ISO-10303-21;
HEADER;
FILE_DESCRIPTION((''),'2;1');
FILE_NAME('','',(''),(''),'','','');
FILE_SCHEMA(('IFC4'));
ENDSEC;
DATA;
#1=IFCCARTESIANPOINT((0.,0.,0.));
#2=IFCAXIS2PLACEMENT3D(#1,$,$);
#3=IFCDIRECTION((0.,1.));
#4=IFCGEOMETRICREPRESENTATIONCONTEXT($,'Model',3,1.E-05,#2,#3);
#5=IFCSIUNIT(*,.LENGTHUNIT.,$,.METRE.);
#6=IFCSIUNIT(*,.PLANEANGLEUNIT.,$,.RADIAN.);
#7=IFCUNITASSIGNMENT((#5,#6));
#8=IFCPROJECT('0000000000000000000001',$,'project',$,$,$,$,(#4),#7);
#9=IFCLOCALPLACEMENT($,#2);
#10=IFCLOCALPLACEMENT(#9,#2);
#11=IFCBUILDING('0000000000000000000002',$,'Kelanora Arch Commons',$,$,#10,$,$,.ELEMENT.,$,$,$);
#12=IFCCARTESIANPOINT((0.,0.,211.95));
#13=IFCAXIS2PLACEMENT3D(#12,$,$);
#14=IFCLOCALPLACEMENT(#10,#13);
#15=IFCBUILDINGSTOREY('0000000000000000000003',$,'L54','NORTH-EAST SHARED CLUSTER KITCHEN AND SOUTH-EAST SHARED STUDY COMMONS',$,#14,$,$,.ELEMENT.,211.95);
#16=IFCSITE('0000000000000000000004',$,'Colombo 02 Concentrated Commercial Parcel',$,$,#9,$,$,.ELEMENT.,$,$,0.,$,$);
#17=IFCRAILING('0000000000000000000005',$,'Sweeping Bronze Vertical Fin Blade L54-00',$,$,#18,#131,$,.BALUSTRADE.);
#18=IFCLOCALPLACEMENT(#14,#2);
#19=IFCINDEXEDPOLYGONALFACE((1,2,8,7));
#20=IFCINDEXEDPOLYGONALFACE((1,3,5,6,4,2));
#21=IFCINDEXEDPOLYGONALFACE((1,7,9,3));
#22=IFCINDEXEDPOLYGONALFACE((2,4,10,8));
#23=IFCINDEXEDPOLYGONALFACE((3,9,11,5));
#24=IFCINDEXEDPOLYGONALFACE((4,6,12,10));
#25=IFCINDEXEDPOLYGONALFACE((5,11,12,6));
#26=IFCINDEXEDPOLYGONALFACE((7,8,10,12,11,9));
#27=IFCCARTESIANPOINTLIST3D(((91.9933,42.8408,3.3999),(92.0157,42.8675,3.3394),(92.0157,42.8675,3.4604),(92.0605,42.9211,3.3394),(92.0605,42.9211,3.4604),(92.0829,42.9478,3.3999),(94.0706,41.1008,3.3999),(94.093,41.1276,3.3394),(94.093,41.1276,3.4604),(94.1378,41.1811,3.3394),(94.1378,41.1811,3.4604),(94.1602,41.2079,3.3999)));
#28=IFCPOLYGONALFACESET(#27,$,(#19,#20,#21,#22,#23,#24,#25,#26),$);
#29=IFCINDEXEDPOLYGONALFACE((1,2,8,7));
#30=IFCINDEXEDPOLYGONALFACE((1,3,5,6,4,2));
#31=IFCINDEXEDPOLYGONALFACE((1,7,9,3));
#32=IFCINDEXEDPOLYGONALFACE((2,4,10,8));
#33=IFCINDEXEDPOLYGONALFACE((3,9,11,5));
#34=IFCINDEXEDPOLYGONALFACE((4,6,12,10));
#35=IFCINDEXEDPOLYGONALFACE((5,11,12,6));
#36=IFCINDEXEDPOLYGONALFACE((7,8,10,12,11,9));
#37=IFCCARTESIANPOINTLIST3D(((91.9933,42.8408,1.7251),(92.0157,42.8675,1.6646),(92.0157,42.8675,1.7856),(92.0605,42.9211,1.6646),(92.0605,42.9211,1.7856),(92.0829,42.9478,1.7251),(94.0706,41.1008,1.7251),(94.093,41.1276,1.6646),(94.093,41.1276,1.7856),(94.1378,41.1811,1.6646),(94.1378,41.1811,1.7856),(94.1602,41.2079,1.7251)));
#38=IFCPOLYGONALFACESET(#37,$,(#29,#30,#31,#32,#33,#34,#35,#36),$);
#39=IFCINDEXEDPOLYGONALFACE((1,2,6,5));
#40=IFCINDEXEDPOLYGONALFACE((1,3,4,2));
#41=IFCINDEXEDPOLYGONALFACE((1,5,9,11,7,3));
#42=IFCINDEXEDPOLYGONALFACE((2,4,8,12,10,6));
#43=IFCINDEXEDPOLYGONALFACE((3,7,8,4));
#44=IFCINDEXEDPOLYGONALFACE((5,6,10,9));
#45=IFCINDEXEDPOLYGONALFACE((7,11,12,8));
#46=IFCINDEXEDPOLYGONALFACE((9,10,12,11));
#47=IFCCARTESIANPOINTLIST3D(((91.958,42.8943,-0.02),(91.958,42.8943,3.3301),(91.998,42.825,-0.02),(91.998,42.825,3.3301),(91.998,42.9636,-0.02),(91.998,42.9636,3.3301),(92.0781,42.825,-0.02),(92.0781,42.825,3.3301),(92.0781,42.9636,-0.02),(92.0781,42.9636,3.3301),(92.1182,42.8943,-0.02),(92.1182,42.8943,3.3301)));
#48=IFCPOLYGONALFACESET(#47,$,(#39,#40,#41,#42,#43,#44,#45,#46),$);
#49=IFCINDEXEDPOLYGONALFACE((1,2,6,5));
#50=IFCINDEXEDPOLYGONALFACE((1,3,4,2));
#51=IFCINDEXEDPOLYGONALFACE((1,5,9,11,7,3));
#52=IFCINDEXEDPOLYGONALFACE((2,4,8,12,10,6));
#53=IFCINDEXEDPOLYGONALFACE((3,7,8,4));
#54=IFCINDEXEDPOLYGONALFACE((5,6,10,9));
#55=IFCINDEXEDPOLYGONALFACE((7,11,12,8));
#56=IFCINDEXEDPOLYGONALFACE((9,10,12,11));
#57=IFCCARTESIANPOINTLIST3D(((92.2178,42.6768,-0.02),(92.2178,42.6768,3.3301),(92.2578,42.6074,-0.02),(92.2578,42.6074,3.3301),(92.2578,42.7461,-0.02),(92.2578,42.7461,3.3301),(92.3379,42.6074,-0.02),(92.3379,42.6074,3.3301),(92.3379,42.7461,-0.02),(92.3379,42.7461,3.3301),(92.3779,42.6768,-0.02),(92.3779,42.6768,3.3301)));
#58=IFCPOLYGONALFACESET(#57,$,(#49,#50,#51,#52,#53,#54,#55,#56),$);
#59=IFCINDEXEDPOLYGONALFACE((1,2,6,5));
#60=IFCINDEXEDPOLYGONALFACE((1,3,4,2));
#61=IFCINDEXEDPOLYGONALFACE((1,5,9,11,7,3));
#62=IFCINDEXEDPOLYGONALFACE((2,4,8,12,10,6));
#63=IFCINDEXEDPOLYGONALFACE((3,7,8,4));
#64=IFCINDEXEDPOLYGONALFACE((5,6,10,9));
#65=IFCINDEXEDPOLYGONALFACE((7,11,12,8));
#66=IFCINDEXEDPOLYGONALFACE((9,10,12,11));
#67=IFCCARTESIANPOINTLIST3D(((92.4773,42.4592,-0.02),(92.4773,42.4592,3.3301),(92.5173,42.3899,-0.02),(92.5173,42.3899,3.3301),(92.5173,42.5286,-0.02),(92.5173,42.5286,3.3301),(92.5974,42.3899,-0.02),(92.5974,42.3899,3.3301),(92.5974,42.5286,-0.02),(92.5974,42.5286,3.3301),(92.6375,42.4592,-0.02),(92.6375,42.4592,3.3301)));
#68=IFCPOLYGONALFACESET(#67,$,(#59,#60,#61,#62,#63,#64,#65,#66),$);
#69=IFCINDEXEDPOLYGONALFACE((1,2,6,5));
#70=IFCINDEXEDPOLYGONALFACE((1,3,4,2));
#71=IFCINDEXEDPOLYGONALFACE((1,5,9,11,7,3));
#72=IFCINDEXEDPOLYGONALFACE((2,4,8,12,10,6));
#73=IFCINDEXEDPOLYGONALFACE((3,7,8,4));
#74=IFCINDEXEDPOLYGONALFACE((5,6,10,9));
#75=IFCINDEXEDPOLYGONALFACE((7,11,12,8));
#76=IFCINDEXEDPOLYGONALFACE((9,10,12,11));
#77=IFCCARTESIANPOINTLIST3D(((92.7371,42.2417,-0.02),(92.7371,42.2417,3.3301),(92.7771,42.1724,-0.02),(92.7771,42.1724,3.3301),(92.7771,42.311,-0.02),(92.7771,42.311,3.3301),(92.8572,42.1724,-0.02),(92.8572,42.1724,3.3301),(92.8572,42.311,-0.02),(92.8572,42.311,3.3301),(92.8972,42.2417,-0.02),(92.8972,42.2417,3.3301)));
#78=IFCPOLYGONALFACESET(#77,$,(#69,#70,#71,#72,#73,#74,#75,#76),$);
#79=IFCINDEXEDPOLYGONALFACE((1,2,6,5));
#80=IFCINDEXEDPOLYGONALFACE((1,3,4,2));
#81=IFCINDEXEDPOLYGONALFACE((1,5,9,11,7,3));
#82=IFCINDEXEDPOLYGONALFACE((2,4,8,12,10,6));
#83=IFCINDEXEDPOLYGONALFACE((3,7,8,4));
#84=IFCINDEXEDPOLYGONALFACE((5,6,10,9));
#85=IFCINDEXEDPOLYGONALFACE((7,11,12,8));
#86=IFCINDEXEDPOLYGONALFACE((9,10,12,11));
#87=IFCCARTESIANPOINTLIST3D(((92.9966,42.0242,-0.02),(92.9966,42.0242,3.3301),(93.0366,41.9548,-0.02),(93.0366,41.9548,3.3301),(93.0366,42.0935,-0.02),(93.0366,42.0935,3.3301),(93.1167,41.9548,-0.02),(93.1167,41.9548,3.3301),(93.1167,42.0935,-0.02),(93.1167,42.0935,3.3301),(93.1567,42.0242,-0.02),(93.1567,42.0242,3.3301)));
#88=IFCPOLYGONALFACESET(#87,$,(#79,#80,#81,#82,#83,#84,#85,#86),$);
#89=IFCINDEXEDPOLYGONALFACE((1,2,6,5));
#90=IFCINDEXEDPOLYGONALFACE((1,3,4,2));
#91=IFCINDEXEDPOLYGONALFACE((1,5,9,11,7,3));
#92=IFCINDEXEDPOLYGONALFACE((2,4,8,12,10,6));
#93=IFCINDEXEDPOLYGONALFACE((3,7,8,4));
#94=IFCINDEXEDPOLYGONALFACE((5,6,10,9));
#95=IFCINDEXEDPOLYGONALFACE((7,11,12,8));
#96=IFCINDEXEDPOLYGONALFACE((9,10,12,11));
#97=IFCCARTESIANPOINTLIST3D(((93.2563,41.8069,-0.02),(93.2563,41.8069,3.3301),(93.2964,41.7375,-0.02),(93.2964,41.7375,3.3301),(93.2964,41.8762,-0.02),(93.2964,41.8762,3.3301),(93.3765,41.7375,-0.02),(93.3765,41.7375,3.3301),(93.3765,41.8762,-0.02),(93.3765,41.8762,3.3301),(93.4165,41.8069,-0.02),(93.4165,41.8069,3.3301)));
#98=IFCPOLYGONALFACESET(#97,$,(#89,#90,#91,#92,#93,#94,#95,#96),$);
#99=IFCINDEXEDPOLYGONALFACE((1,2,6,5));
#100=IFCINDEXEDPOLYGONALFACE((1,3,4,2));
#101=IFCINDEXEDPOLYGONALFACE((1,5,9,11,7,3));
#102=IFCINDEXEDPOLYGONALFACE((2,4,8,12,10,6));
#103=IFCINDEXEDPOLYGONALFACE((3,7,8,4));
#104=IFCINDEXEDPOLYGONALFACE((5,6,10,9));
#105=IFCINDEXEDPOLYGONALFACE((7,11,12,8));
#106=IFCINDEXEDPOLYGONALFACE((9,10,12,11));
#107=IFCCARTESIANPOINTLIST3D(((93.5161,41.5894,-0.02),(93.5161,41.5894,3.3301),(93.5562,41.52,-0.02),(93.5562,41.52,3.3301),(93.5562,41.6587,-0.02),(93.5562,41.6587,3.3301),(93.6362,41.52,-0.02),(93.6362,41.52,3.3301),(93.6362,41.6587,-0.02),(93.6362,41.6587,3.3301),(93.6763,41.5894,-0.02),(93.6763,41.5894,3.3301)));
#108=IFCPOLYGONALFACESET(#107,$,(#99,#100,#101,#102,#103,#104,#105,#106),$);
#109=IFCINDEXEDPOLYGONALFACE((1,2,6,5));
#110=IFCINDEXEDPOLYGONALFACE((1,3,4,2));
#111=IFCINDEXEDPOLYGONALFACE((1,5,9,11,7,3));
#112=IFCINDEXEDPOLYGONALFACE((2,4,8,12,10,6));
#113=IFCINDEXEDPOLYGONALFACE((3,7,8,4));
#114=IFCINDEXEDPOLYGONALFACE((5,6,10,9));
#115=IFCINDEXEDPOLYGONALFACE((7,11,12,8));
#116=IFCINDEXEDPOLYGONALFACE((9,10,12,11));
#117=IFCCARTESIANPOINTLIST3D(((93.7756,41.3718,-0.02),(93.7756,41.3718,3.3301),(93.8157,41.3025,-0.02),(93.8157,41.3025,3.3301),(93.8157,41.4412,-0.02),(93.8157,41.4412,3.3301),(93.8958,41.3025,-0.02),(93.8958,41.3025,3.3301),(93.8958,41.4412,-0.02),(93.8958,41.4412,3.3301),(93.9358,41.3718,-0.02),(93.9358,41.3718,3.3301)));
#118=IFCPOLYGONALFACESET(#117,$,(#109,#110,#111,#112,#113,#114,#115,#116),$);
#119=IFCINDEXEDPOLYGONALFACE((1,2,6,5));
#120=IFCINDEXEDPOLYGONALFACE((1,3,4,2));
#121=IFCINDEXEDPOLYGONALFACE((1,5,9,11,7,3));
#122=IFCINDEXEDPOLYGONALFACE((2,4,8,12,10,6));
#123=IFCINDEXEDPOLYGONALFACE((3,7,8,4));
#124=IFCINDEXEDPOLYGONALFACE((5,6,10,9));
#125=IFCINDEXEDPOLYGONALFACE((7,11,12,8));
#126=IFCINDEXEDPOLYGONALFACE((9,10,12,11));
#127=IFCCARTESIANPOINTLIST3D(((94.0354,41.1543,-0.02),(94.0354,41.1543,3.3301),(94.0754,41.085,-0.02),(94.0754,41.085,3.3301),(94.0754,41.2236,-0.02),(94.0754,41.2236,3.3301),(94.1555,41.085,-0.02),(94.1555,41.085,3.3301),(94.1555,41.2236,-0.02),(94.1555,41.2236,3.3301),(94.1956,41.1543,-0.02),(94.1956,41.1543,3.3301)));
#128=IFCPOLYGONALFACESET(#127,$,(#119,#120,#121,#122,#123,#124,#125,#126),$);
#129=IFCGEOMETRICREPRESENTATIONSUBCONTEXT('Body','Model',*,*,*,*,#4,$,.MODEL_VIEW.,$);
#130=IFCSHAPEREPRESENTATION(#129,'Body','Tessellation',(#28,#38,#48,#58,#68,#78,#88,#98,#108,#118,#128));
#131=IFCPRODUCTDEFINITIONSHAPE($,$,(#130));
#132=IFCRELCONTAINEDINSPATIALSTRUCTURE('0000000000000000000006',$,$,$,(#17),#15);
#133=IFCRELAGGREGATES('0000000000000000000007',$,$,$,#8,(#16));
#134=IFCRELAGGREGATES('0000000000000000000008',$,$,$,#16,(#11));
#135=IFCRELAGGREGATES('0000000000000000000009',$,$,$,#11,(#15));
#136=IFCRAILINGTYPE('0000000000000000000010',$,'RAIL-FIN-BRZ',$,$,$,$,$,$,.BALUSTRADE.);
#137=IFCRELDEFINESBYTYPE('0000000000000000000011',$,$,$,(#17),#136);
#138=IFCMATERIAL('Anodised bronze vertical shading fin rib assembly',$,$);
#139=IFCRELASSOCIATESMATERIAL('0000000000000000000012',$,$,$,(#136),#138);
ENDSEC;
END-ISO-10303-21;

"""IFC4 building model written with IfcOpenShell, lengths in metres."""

from ifc_helpers import new_model, si_unit, direction, frame, origin, place, context, subcontext, project, spatial, polyline, outline, extrude, material, type_object, element, save


model = new_model("IFC4")

# Units and contexts
model_context = context("Model", 3, precision=1e-05, world=origin(), true_north=direction((0.0, 1.0)))
body_context = subcontext(model_context, "Body", "Model", "MODEL_VIEW")
ifc_project = project(units=[si_unit("LENGTHUNIT", "METRE"), si_unit("PLANEANGLEUNIT", "RADIAN")], contexts=[model_context])

# Site, building, storey
site_placement = place(None, origin())
site = spatial("IfcSite", under=ifc_project, at=site_placement, Name="Colombo 02 Concentrated Commercial Parcel", CompositionType="ELEMENT", RefElevation=0.0)
building_placement = place(site_placement, origin())
building = spatial("IfcBuilding", under=site, at=building_placement, Name="Kelanora Arch Commons", CompositionType="ELEMENT")
storey_placement = place(building_placement, frame((0.0, 0.0, 211.95)))
storey = spatial("IfcBuildingStorey", under=building, at=storey_placement, Name="L54", Description="NORTH-EAST SHARED CLUSTER KITCHEN AND SOUTH-EAST SHARED STUDY COMMONS", CompositionType="ELEMENT", Elevation=211.95)

# Railing
ifc_material_1 = material(Name="Anodised bronze vertical shading fin rib assembly")
railing_type = type_object("IfcRailingType", Name="RAIL-FIN-BRZ", PredefinedType="BALUSTRADE", material=ifc_material_1)
railing_1_placement = place(storey_placement, frame((92.0381, 42.8943, -0.02)))
element("IfcRailing", 1, at=railing_1_placement, inside=storey, type_object=railing_type, Name="Sweeping Bronze Vertical Fin Blade L54-00", PredefinedType="BALUSTRADE", context=body_context, shape_type="SweptSolid", body=[
    extrude(outline(polyline([(0.0698, 0.0), (0.0349, 0.0605), (-0.0349, 0.0605), (-0.0698, 0.0), (-0.0349, -0.0605), (0.0349, -0.0605), (0.0698, 0.0)])), frame((0.0, 0.0, 3.4199), z_axis=(0.766616, -0.642105, 0.0), x_axis=(0.642105, 0.766616, 0.0)), (0.0, 0.0, 1.0), 2.7097),
    extrude(outline(polyline([(0.0698, 0.0), (0.0349, 0.0605), (-0.0349, 0.0605), (-0.0698, 0.0), (-0.0349, -0.0605), (0.0349, -0.0605), (0.0698, 0.0)])), frame((0.0, 0.0, 1.7451), z_axis=(0.766616, -0.642105, 0.0), x_axis=(0.642105, 0.766616, 0.0)), (0.0, 0.0, 1.0), 2.7097),
    extrude(outline(polyline([(0.0801, 0.0), (0.04, 0.0693), (-0.04, 0.0693), (-0.0801, 0.0), (-0.04, -0.0693), (0.04, -0.0693), (0.0801, 0.0)])), origin(), (0.0, 0.0, 1.0), 3.3501),
    extrude(outline(polyline([(0.0801, 0.0), (0.04, 0.0693), (-0.04, 0.0693), (-0.0801, 0.0), (-0.04, -0.0693), (0.04, -0.0693), (0.0801, 0.0)])), frame((0.2598, -0.2175, 0.0)), (0.0, 0.0, 1.0), 3.3501),
    extrude(outline(polyline([(0.0801, 0.0), (0.04, 0.0693), (-0.04, 0.0693), (-0.0801, 0.0), (-0.04, -0.0693), (0.04, -0.0693), (0.0801, 0.0)])), frame((0.5193, -0.4351, 0.0)), (0.0, 0.0, 1.0), 3.3501),
    extrude(outline(polyline([(0.0801, 0.0), (0.04, 0.0693), (-0.04, 0.0693), (-0.0801, 0.0), (-0.04, -0.0693), (0.04, -0.0693), (0.0801, 0.0)])), frame((0.7791, -0.6526, 0.0)), (0.0, 0.0, 1.0), 3.3501),
    extrude(outline(polyline([(0.0801, 0.0), (0.04, 0.0693), (-0.04, 0.0693), (-0.0801, 0.0), (-0.04, -0.0693), (0.04, -0.0693), (0.0801, 0.0)])), frame((1.0386, -0.8701, 0.0)), (0.0, 0.0, 1.0), 3.3501),
    extrude(outline(polyline([(0.0801, 0.0), (0.04, 0.0693), (-0.04, 0.0693), (-0.0801, 0.0), (-0.04, -0.0693), (0.04, -0.0693), (0.0801, 0.0)])), frame((1.2983, -1.0874, 0.0)), (0.0, 0.0, 1.0), 3.3501),
    extrude(outline(polyline([(0.0801, 0.0), (0.04, 0.0693), (-0.04, 0.0693), (-0.0801, 0.0), (-0.04, -0.0693), (0.04, -0.0693), (0.0801, 0.0)])), frame((1.5581, -1.3049, 0.0)), (0.0, 0.0, 1.0), 3.3501),
    extrude(outline(polyline([(0.0801, 0.0), (0.04, 0.0693), (-0.04, 0.0693), (-0.0801, 0.0), (-0.04, -0.0693), (0.04, -0.0693), (0.0801, 0.0)])), frame((1.8176, -1.5225, 0.0)), (0.0, 0.0, 1.0), 3.3501),
    extrude(outline(polyline([(0.0801, 0.0), (0.04, 0.0693), (-0.04, 0.0693), (-0.0801, 0.0), (-0.04, -0.0693), (0.04, -0.0693), (0.0801, 0.0)])), frame((2.0774, -1.74, 0.0)), (0.0, 0.0, 1.0), 3.3501),
])

save(model, "model.ifc")
